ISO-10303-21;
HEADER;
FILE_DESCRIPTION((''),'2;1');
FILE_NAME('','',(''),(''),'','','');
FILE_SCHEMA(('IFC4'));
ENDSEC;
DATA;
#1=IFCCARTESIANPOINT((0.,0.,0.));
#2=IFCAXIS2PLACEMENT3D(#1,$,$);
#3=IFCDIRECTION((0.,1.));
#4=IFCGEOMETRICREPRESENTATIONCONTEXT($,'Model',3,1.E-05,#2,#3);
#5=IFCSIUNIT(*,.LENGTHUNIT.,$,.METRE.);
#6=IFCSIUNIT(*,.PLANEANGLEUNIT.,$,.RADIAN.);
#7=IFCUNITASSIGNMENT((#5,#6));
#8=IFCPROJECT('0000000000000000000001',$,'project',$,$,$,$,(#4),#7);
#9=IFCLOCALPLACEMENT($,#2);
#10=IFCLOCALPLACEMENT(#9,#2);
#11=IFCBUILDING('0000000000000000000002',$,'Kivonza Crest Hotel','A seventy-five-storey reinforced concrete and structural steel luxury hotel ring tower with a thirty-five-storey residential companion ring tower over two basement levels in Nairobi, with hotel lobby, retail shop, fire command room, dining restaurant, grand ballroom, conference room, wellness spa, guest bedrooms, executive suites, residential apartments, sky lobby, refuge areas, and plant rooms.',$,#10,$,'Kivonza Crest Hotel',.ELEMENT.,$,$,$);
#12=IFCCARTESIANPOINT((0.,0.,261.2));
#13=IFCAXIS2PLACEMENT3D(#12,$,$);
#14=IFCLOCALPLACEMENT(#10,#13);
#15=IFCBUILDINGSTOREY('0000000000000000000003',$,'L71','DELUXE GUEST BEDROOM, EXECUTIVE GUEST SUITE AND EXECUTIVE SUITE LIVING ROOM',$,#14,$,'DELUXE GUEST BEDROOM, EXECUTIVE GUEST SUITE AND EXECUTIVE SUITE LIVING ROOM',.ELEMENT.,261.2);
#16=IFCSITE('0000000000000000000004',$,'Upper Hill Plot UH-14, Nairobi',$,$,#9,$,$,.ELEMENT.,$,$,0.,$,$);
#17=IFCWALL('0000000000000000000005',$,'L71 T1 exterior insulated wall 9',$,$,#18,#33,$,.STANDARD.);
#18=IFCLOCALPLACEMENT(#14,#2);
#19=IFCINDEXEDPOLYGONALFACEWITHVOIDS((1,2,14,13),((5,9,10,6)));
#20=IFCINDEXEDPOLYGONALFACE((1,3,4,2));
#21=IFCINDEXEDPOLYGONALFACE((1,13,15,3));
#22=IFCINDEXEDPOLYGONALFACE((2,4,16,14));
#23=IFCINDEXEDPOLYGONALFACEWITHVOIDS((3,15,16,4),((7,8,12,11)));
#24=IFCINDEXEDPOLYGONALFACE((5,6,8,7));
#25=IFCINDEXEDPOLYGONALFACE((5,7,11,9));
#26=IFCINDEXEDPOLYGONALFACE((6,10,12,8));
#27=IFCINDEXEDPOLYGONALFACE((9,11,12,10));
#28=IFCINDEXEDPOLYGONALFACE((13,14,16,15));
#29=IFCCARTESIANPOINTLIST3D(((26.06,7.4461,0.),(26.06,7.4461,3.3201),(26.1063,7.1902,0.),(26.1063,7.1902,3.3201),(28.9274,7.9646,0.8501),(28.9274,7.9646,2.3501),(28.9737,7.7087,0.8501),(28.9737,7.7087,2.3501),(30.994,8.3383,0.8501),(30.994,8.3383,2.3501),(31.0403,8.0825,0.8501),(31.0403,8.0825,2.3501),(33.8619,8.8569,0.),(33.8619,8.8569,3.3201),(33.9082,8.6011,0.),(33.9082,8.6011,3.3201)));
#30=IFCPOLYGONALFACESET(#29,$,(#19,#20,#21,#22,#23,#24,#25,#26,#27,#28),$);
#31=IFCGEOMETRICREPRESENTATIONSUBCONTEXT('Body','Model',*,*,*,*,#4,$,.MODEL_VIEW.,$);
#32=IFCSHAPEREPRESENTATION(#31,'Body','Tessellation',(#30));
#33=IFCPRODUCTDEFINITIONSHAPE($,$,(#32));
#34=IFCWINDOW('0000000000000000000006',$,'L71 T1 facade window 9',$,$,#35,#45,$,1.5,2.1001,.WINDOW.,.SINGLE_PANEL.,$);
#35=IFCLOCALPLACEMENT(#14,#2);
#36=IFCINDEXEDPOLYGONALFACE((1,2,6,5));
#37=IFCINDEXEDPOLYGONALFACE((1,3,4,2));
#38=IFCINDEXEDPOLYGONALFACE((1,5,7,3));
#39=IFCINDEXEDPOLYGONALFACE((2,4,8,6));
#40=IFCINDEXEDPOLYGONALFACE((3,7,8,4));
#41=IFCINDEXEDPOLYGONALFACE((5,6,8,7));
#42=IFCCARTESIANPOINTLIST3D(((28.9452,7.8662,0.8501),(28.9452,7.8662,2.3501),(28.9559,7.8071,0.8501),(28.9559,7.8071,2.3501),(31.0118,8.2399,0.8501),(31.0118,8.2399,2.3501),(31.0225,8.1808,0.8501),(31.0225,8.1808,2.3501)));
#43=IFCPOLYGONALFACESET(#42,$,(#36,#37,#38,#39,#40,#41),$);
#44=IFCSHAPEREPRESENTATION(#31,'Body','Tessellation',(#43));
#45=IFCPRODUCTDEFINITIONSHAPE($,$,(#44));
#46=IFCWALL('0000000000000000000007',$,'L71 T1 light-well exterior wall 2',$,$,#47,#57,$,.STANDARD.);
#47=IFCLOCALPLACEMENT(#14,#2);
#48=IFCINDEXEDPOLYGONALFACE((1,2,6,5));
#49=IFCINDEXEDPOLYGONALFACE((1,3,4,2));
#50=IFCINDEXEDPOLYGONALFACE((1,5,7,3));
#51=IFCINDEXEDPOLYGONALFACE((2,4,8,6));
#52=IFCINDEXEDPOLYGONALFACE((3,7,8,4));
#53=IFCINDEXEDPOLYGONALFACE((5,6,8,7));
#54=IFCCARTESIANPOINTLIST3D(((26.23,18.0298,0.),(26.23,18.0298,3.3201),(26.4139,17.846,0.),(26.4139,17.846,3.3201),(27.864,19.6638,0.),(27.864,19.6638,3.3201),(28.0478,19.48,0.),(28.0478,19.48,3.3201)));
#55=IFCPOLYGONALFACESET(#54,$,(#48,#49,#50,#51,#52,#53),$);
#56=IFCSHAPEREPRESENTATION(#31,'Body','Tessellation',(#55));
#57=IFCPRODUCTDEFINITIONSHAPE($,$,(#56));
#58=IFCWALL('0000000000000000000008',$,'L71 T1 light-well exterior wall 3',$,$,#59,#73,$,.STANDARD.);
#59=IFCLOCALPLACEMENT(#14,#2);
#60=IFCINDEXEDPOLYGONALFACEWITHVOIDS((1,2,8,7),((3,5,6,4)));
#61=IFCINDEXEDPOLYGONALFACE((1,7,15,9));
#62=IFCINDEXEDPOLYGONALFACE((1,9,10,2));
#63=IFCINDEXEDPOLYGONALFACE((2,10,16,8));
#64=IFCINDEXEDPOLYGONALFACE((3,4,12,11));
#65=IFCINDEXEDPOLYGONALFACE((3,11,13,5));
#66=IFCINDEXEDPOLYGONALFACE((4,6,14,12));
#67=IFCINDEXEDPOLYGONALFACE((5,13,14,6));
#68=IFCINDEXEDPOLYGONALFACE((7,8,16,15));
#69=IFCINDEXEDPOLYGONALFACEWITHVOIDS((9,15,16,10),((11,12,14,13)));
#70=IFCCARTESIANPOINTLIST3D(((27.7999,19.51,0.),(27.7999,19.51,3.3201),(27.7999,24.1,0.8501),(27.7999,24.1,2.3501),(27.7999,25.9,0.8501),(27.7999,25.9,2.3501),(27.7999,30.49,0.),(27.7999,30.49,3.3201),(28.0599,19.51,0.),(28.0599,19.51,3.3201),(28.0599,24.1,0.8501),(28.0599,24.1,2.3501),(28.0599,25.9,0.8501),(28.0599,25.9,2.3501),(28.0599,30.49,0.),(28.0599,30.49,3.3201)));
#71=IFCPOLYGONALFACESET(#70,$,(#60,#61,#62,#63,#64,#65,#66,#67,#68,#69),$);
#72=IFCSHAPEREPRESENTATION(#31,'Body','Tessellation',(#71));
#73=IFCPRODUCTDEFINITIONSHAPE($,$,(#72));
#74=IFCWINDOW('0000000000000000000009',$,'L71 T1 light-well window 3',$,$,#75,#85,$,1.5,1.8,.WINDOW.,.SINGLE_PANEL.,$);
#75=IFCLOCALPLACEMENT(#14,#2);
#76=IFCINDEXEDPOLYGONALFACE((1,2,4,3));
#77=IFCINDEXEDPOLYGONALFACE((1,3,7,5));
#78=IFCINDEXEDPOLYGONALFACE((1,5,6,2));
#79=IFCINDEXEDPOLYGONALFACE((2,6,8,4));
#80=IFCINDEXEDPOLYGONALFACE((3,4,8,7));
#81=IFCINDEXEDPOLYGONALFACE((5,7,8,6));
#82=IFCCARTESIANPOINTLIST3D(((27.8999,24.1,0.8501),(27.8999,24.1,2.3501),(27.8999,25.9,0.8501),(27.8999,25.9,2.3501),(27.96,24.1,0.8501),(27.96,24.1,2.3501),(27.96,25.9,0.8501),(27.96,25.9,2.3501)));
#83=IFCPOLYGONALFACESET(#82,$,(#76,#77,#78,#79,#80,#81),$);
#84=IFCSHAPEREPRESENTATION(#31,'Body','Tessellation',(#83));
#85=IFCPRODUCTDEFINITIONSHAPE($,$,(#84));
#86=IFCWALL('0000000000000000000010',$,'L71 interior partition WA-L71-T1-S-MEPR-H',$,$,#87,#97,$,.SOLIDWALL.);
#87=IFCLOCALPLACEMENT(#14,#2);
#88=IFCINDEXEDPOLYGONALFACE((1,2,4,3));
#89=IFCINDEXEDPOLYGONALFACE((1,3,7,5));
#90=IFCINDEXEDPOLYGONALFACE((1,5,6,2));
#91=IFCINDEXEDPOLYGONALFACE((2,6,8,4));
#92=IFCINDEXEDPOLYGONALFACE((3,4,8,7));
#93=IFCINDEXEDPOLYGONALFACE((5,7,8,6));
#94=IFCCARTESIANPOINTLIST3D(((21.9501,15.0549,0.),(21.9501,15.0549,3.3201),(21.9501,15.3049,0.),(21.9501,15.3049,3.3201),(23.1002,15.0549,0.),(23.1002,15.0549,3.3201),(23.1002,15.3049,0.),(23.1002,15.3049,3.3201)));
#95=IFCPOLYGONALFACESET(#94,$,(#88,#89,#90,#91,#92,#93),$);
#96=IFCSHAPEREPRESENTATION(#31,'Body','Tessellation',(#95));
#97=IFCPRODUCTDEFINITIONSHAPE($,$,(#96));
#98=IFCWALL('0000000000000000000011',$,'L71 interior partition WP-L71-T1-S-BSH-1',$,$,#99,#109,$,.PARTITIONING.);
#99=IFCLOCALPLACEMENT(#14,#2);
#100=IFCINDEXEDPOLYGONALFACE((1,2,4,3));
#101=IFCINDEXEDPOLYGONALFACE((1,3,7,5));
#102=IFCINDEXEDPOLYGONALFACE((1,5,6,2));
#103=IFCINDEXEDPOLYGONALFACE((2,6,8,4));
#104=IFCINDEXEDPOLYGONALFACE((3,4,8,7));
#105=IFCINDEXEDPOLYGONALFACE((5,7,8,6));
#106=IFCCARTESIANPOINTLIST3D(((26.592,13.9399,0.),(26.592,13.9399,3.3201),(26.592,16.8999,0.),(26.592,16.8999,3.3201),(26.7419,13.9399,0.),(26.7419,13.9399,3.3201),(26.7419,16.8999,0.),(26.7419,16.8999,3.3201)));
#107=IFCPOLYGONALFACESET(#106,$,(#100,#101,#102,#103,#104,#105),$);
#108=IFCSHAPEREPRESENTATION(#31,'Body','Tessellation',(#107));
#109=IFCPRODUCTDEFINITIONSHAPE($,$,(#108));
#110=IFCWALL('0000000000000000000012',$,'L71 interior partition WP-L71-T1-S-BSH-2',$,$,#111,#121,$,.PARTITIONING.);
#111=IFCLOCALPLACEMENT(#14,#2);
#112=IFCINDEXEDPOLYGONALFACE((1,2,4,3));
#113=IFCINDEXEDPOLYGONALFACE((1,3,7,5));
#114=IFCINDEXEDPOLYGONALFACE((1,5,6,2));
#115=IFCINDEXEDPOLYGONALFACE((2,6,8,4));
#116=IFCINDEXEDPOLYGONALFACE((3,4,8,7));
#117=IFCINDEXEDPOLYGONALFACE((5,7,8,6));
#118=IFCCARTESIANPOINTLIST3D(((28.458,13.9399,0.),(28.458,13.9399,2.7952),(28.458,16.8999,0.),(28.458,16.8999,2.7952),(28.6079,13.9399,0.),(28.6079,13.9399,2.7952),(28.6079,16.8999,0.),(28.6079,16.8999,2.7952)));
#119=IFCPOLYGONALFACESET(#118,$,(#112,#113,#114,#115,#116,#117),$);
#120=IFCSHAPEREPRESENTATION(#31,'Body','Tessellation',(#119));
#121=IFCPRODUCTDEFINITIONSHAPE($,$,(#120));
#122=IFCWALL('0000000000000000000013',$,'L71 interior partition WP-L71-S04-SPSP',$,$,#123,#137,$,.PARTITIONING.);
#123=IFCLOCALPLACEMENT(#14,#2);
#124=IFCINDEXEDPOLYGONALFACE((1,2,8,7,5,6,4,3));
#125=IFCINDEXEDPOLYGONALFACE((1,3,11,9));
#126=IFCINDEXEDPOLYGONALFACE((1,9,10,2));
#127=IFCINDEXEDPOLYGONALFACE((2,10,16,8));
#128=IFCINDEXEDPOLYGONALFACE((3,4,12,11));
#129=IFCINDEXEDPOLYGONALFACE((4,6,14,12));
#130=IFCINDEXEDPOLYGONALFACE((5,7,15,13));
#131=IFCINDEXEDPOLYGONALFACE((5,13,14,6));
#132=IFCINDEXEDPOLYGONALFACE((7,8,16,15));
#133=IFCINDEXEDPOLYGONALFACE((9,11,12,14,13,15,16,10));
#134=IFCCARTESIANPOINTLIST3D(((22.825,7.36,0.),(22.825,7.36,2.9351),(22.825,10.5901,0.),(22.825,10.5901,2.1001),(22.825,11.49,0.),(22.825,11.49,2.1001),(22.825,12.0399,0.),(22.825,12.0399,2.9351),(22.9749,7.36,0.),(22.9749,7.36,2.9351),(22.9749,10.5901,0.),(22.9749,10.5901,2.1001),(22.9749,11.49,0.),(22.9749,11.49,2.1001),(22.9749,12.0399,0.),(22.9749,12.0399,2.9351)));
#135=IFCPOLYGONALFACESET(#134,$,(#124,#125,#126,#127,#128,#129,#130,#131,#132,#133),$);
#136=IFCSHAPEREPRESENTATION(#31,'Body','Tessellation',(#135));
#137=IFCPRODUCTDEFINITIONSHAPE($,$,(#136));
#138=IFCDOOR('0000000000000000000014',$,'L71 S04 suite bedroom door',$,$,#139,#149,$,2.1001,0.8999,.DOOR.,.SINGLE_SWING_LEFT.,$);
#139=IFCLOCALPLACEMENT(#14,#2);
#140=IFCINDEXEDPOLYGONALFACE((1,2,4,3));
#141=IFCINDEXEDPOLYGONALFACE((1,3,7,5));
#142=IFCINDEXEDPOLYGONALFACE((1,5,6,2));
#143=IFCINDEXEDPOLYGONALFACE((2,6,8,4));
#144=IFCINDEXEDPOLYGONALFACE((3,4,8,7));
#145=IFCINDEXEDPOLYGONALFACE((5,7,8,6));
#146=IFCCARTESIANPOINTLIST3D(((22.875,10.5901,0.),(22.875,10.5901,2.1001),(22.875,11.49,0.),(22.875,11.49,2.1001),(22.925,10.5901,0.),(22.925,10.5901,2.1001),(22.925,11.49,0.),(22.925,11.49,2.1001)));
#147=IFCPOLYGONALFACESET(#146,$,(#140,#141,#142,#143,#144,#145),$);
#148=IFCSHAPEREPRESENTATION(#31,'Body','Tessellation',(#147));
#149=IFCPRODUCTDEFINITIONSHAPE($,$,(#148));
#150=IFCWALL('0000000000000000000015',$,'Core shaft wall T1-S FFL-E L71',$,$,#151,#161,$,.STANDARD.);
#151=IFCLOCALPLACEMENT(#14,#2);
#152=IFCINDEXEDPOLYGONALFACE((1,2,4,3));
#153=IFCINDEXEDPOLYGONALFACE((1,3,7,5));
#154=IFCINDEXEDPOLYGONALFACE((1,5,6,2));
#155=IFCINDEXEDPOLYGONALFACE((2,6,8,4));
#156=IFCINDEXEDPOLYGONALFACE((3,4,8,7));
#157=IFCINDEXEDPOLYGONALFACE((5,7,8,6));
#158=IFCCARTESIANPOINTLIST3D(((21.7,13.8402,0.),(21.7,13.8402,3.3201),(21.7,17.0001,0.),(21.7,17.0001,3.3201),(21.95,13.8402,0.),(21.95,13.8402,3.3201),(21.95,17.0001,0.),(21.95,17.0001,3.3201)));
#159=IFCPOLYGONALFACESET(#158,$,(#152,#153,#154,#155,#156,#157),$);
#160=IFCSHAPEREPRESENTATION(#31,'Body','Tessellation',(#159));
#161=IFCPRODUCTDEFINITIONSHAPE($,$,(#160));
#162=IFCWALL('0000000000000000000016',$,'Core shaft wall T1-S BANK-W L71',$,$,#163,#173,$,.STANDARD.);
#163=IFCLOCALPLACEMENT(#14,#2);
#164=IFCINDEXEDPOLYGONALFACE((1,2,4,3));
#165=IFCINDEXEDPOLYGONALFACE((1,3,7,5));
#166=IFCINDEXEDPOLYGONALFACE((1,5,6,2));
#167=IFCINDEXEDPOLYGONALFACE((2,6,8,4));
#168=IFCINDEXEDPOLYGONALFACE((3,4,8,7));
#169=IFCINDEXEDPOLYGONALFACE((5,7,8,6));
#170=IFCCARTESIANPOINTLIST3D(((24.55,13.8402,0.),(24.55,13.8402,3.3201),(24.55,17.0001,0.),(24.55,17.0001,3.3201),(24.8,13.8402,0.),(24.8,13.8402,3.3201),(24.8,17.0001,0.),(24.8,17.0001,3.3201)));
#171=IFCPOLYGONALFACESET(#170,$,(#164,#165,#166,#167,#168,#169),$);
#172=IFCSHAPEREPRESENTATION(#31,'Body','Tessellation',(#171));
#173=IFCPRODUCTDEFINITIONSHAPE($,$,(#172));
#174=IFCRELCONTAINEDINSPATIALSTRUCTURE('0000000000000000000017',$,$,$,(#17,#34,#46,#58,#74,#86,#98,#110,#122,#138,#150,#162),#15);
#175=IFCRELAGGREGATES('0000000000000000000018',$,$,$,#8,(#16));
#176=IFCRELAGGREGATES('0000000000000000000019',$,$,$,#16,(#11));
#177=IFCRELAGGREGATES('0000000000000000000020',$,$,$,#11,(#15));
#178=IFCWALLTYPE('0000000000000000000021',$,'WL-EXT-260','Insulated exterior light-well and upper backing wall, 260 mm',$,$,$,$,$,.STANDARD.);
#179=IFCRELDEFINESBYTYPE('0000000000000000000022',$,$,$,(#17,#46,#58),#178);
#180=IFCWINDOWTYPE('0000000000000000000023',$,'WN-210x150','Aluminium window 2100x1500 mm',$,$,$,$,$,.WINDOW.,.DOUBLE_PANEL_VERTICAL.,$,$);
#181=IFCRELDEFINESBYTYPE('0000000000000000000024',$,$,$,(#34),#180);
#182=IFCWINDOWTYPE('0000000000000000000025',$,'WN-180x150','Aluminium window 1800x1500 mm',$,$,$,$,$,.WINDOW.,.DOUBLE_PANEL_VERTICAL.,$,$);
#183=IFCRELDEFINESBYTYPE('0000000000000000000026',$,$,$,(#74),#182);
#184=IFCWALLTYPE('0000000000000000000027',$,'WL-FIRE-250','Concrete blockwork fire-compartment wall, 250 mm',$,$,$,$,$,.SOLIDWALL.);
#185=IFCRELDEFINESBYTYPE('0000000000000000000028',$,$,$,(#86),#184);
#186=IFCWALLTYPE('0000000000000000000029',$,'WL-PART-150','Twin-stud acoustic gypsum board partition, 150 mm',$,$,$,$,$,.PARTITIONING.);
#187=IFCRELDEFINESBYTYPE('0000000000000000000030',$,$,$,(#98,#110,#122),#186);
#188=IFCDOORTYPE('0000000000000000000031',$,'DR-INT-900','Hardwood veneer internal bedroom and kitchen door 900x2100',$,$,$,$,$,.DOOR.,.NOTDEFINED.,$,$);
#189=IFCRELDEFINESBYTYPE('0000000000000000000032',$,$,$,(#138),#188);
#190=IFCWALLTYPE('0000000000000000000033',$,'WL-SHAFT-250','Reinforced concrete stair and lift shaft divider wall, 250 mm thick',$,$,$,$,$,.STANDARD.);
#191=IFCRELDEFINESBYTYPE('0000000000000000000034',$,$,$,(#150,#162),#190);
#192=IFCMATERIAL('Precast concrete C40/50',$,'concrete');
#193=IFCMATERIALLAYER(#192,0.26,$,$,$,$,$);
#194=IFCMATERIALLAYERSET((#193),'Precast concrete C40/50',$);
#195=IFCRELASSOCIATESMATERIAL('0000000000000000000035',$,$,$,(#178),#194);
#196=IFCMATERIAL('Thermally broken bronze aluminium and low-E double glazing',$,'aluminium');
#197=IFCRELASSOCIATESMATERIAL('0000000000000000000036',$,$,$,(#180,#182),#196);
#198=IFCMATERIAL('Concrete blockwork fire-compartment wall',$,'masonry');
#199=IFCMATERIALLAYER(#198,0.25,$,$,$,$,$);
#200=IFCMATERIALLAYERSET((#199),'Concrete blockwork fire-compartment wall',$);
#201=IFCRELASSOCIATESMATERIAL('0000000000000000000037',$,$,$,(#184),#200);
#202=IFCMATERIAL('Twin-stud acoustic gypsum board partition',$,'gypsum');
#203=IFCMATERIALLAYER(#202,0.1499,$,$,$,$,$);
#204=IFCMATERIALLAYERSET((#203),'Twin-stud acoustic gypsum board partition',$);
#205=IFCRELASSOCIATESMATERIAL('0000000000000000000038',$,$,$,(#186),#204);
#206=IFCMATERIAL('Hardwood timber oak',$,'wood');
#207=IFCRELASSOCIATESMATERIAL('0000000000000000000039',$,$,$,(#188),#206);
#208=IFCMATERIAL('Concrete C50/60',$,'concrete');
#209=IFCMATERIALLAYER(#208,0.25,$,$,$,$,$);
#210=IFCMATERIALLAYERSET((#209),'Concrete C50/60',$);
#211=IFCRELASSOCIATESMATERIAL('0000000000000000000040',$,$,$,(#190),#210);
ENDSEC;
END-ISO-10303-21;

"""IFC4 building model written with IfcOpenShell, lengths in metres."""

from ifc_helpers import new_model, si_unit, direction, frame, frame_2d, origin, place, context, subcontext, project, spatial, rectangle, extrude, material, layer, layer_set, type_object, element, fill, save


model = new_model("IFC4")

# Units and contexts
model_context = context("Model", 3, precision=1e-05, world=origin(), true_north=direction((0.0, 1.0)))
body_context = subcontext(model_context, "Body", "Model", "MODEL_VIEW")
ifc_project = project(units=[si_unit("LENGTHUNIT", "METRE"), si_unit("PLANEANGLEUNIT", "RADIAN")], contexts=[model_context])

# Site, building, storey
site_placement = place(None, origin())
site = spatial("IfcSite", under=ifc_project, at=site_placement, Name="Upper Hill Plot UH-14, Nairobi", CompositionType="ELEMENT", RefElevation=0.0)
building_placement = place(site_placement, origin())
building = spatial("IfcBuilding", under=site, at=building_placement, Name="Kivonza Crest Hotel", Description="A seventy-five-storey reinforced concrete and structural steel luxury hotel ring tower with a thirty-five-storey residential companion ring tower over two basement levels in Nairobi, with hotel lobby, retail shop, fire command room, dining restaurant, grand ballroom, conference room, wellness spa, guest bedrooms, executive suites, residential apartments, sky lobby, refuge areas, and plant rooms.", LongName="Kivonza Crest Hotel", CompositionType="ELEMENT")
storey_placement = place(building_placement, frame((0.0, 0.0, 261.2)))
storey = spatial("IfcBuildingStorey", under=building, at=storey_placement, Name="L71", Description="DELUXE GUEST BEDROOM, EXECUTIVE GUEST SUITE AND EXECUTIVE SUITE LIVING ROOM", LongName="DELUXE GUEST BEDROOM, EXECUTIVE GUEST SUITE AND EXECUTIVE SUITE LIVING ROOM", CompositionType="ELEMENT", Elevation=261.2)

# Shared definitions
ifc_material_1 = material(Name="Concrete C50/60", Category="concrete")

# Wall, opening, window
ifc_material_2 = material(Name="Precast concrete C40/50", Category="concrete")
ifc_layer_1 = layer(ifc_material_2, 0.26)
ifc_layer_set_1 = layer_set([ifc_layer_1], Name="Precast concrete C40/50")
wall_type_1 = type_object("IfcWallType", Name="WL-EXT-260", Description="Insulated exterior light-well and upper backing wall, 260 mm", PredefinedType="STANDARD", material=ifc_layer_set_1)
wall_1_placement = place(storey_placement, frame((26.083, 7.3181, 0.0), z_axis=(0.0, 0.0, 1.0), x_axis=(0.984039, 0.17795, 0.0)))
wall_1 = element("IfcWall", 1, at=wall_1_placement, inside=storey, type_object=wall_type_1, Name="L71 T1 exterior insulated wall 9", PredefinedType="STANDARD", context=body_context, shape_type="SweptSolid", body=[
    extrude(rectangle(XDim=7.9285, YDim=0.26, at=frame_2d((3.9644, 0.0))), origin(), (0.0, 0.0, 1.0), 3.3201),
])
opening_1_placement = place(wall_1_placement, frame((2.9141, 0.0, 0.8501)))
opening_1 = element("IfcOpeningElement", 2, at=opening_1_placement, cuts=wall_1, PredefinedType="OPENING", context=body_context, shape_type="SweptSolid", body=[
    extrude(rectangle(XDim=2.1001, YDim=1.5, at=frame_2d((1.05, 0.75))), frame((0.0, 0.1401, 0.0), z_axis=(0.0, -1.0, 0.0), x_axis=(1.0, 0.0, 0.0)), (0.0, 0.0, 1.0), 0.28),
])
ifc_material_3 = material(Name="Thermally broken bronze aluminium and low-E double glazing", Category="aluminium")
window_type_1 = type_object("IfcWindowType", Name="WN-210x150", Description="Aluminium window 2100x1500 mm", PartitioningType="DOUBLE_PANEL_VERTICAL", PredefinedType="WINDOW", material=ifc_material_3)
window_1_placement = place(opening_1_placement, origin())
window_1 = element("IfcWindow", 3, at=window_1_placement, inside=storey, type_object=window_type_1, Name="L71 T1 facade window 9", OverallHeight=1.5, OverallWidth=2.1001, PartitioningType="SINGLE_PANEL", PredefinedType="WINDOW", context=body_context, shape_type="SweptSolid", body=[
    extrude(rectangle(XDim=2.1001, YDim=1.5, at=frame_2d((1.05, 0.75))), frame((0.0, 0.03, 0.0), z_axis=(0.0, -1.0, 0.0), x_axis=(1.0, 0.0, 0.0)), (0.0, 0.0, 1.0), 0.0601),
])
fill(opening_1, window_1)

# Wall
wall_2_placement = place(storey_placement, frame((26.322, 17.938, 0.0), z_axis=(0.0, 0.0, 1.0), x_axis=(0.707107, 0.707107, 0.0)))
element("IfcWall", 4, at=wall_2_placement, inside=storey, type_object=wall_type_1, Name="L71 T1 light-well exterior wall 2", PredefinedType="STANDARD", context=body_context, shape_type="SweptSolid", body=[
    extrude(rectangle(XDim=2.3108, YDim=0.26, at=frame_2d((1.1553, 0.0))), origin(), (0.0, 0.0, 1.0), 3.3201),
])

# Wall, opening, window
wall_3_placement = place(storey_placement, frame((27.9299, 19.51, 0.0), z_axis=(0.0, 0.0, 1.0), x_axis=(0.0, 1.0, 0.0)))
wall_3 = element("IfcWall", 5, at=wall_3_placement, inside=storey, type_object=wall_type_1, Name="L71 T1 light-well exterior wall 3", PredefinedType="STANDARD", context=body_context, shape_type="SweptSolid", body=[
    extrude(rectangle(XDim=10.98, YDim=0.26, at=frame_2d((5.49, 0.0))), origin(), (0.0, 0.0, 1.0), 3.3201),
])
opening_2_placement = place(wall_3_placement, frame((4.5901, 0.0, 0.8501)))
opening_2 = element("IfcOpeningElement", 6, at=opening_2_placement, cuts=wall_3, PredefinedType="OPENING", context=body_context, shape_type="SweptSolid", body=[
    extrude(rectangle(XDim=1.8, YDim=1.5, at=frame_2d((0.8999, 0.75))), frame((0.0, 0.1401, 0.0), z_axis=(0.0, -1.0, 0.0), x_axis=(1.0, 0.0, 0.0)), (0.0, 0.0, 1.0), 0.28),
])
window_type_2 = type_object("IfcWindowType", Name="WN-180x150", Description="Aluminium window 1800x1500 mm", PartitioningType="DOUBLE_PANEL_VERTICAL", PredefinedType="WINDOW", material=ifc_material_3)
window_2_placement = place(opening_2_placement, origin())
window_2 = element("IfcWindow", 7, at=window_2_placement, inside=storey, type_object=window_type_2, Name="L71 T1 light-well window 3", OverallHeight=1.5, OverallWidth=1.8, PartitioningType="SINGLE_PANEL", PredefinedType="WINDOW", context=body_context, shape_type="SweptSolid", body=[
    extrude(rectangle(XDim=1.8, YDim=1.5, at=frame_2d((0.8999, 0.75))), frame((0.0, 0.03, 0.0), z_axis=(0.0, -1.0, 0.0), x_axis=(1.0, 0.0, 0.0)), (0.0, 0.0, 1.0), 0.0601),
])
fill(opening_2, window_2)

# Walls
ifc_material_4 = material(Name="Concrete blockwork fire-compartment wall", Category="masonry")
ifc_layer_2 = layer(ifc_material_4, 0.25)
ifc_layer_set_2 = layer_set([ifc_layer_2], Name="Concrete blockwork fire-compartment wall")
wall_type_2 = type_object("IfcWallType", Name="WL-FIRE-250", Description="Concrete blockwork fire-compartment wall, 250 mm", PredefinedType="SOLIDWALL", material=ifc_layer_set_2)
wall_4_placement = place(storey_placement, frame((21.95, 15.1799, 0.0), z_axis=(0.0, 0.0, 1.0), x_axis=(1.0, 0.0, 0.0)))
element("IfcWall", 8, at=wall_4_placement, inside=storey, type_object=wall_type_2, Name="L71 interior partition WA-L71-T1-S-MEPR-H", PredefinedType="SOLIDWALL", context=body_context, shape_type="SweptSolid", body=[
    extrude(rectangle(XDim=1.1501, YDim=0.25, at=frame_2d((0.5752, 0.0))), origin(), (0.0, 0.0, 1.0), 3.3201),
])
ifc_material_5 = material(Name="Twin-stud acoustic gypsum board partition", Category="gypsum")
ifc_layer_3 = layer(ifc_material_5, 0.1499)
ifc_layer_set_3 = layer_set([ifc_layer_3], Name="Twin-stud acoustic gypsum board partition")
wall_type_3 = type_object("IfcWallType", Name="WL-PART-150", Description="Twin-stud acoustic gypsum board partition, 150 mm", PredefinedType="PARTITIONING", material=ifc_layer_set_3)
wall_5_placement = place(storey_placement, frame((26.667, 13.9399, 0.0), z_axis=(0.0, 0.0, 1.0), x_axis=(0.0, 1.0, 0.0)))
element("IfcWall", 9, at=wall_5_placement, inside=storey, type_object=wall_type_3, Name="L71 interior partition WP-L71-T1-S-BSH-1", PredefinedType="PARTITIONING", context=body_context, shape_type="SweptSolid", body=[
    extrude(rectangle(XDim=2.96, YDim=0.1499, at=frame_2d((1.48, 0.0))), origin(), (0.0, 0.0, 1.0), 3.3201),
])
wall_6_placement = place(storey_placement, frame((28.533, 13.9399, 0.0), z_axis=(0.0, 0.0, 1.0), x_axis=(0.0, 1.0, 0.0)))
element("IfcWall", 10, at=wall_6_placement, inside=storey, type_object=wall_type_3, Name="L71 interior partition WP-L71-T1-S-BSH-2", PredefinedType="PARTITIONING", context=body_context, shape_type="SweptSolid", body=[
    extrude(rectangle(XDim=2.96, YDim=0.1499, at=frame_2d((1.48, 0.0))), origin(), (0.0, 0.0, 1.0), 2.7952),
])

# Wall, opening, door
wall_7_placement = place(storey_placement, frame((22.8999, 7.3601, 0.0), z_axis=(0.0, 0.0, 1.0), x_axis=(0.0, 1.0, 0.0)))
wall_7 = element("IfcWall", 11, at=wall_7_placement, inside=storey, type_object=wall_type_3, Name="L71 interior partition WP-L71-S04-SPSP", PredefinedType="PARTITIONING", context=body_context, shape_type="SweptSolid", body=[
    extrude(rectangle(XDim=4.6799, YDim=0.1499, at=frame_2d((2.3398, 0.0))), origin(), (0.0, 0.0, 1.0), 2.9351),
])
opening_3_placement = place(wall_7_placement, frame((3.23, 0.0, 0.0)))
opening_3 = element("IfcOpeningElement", 12, at=opening_3_placement, cuts=wall_7, PredefinedType="OPENING", context=body_context, shape_type="SweptSolid", body=[
    extrude(rectangle(XDim=0.8999, YDim=2.1001, at=frame_2d((0.45, 1.05))), frame((0.0, 0.085, 0.0), z_axis=(0.0, -1.0, 0.0), x_axis=(1.0, 0.0, 0.0)), (0.0, 0.0, 1.0), 0.1699),
])
ifc_material_6 = material(Name="Hardwood timber oak", Category="wood")
door_type_1 = type_object("IfcDoorType", Name="DR-INT-900", Description="Hardwood veneer internal bedroom and kitchen door 900x2100", OperationType="NOTDEFINED", PredefinedType="DOOR", material=ifc_material_6)
door_1_placement = place(opening_3_placement, origin())
door_1 = element("IfcDoor", 13, at=door_1_placement, inside=storey, type_object=door_type_1, Name="L71 S04 suite bedroom door", OperationType="SINGLE_SWING_LEFT", OverallHeight=2.1001, OverallWidth=0.8999, PredefinedType="DOOR", context=body_context, shape_type="SweptSolid", body=[
    extrude(rectangle(XDim=0.8999, YDim=2.1001, at=frame_2d((0.45, 1.05))), frame((0.0, 0.0249, 0.0), z_axis=(0.0, -1.0, 0.0), x_axis=(1.0, 0.0, 0.0)), (0.0, 0.0, 1.0), 0.05),
])
fill(opening_3, door_1)
ifc_layer_4 = layer(ifc_material_1, 0.25)
ifc_layer_set_4 = layer_set([ifc_layer_4], Name="Concrete C50/60")
wall_type_4 = type_object("IfcWallType", Name="WL-SHAFT-250", Description="Reinforced concrete stair and lift shaft divider wall, 250 mm thick", PredefinedType="STANDARD", material=ifc_layer_set_4)

# Walls
for number, where, z_axis, x_axis, name in (
    (14, (21.825, 13.8401, 0.0), (0.0, 0.0, 1.0), (0.0, 1.0, 0.0), "Core shaft wall T1-S FFL-E L71"),
    (15, (24.675, 13.8401, 0.0), (0.0, 0.0, 1.0), (0.0, 1.0, 0.0), "Core shaft wall T1-S BANK-W L71"),
):
    element("IfcWall", number, at=place(storey_placement, frame(where, z_axis=z_axis, x_axis=x_axis)), inside=storey, type_object=wall_type_4, Name=name, PredefinedType="STANDARD", context=body_context, shape_type="SweptSolid", body=[
        extrude(rectangle(XDim=3.1599, YDim=0.25, at=frame_2d((1.5801, 0.0))), origin(), (0.0, 0.0, 1.0), 3.3201),
    ])

save(model, "model.ifc")
